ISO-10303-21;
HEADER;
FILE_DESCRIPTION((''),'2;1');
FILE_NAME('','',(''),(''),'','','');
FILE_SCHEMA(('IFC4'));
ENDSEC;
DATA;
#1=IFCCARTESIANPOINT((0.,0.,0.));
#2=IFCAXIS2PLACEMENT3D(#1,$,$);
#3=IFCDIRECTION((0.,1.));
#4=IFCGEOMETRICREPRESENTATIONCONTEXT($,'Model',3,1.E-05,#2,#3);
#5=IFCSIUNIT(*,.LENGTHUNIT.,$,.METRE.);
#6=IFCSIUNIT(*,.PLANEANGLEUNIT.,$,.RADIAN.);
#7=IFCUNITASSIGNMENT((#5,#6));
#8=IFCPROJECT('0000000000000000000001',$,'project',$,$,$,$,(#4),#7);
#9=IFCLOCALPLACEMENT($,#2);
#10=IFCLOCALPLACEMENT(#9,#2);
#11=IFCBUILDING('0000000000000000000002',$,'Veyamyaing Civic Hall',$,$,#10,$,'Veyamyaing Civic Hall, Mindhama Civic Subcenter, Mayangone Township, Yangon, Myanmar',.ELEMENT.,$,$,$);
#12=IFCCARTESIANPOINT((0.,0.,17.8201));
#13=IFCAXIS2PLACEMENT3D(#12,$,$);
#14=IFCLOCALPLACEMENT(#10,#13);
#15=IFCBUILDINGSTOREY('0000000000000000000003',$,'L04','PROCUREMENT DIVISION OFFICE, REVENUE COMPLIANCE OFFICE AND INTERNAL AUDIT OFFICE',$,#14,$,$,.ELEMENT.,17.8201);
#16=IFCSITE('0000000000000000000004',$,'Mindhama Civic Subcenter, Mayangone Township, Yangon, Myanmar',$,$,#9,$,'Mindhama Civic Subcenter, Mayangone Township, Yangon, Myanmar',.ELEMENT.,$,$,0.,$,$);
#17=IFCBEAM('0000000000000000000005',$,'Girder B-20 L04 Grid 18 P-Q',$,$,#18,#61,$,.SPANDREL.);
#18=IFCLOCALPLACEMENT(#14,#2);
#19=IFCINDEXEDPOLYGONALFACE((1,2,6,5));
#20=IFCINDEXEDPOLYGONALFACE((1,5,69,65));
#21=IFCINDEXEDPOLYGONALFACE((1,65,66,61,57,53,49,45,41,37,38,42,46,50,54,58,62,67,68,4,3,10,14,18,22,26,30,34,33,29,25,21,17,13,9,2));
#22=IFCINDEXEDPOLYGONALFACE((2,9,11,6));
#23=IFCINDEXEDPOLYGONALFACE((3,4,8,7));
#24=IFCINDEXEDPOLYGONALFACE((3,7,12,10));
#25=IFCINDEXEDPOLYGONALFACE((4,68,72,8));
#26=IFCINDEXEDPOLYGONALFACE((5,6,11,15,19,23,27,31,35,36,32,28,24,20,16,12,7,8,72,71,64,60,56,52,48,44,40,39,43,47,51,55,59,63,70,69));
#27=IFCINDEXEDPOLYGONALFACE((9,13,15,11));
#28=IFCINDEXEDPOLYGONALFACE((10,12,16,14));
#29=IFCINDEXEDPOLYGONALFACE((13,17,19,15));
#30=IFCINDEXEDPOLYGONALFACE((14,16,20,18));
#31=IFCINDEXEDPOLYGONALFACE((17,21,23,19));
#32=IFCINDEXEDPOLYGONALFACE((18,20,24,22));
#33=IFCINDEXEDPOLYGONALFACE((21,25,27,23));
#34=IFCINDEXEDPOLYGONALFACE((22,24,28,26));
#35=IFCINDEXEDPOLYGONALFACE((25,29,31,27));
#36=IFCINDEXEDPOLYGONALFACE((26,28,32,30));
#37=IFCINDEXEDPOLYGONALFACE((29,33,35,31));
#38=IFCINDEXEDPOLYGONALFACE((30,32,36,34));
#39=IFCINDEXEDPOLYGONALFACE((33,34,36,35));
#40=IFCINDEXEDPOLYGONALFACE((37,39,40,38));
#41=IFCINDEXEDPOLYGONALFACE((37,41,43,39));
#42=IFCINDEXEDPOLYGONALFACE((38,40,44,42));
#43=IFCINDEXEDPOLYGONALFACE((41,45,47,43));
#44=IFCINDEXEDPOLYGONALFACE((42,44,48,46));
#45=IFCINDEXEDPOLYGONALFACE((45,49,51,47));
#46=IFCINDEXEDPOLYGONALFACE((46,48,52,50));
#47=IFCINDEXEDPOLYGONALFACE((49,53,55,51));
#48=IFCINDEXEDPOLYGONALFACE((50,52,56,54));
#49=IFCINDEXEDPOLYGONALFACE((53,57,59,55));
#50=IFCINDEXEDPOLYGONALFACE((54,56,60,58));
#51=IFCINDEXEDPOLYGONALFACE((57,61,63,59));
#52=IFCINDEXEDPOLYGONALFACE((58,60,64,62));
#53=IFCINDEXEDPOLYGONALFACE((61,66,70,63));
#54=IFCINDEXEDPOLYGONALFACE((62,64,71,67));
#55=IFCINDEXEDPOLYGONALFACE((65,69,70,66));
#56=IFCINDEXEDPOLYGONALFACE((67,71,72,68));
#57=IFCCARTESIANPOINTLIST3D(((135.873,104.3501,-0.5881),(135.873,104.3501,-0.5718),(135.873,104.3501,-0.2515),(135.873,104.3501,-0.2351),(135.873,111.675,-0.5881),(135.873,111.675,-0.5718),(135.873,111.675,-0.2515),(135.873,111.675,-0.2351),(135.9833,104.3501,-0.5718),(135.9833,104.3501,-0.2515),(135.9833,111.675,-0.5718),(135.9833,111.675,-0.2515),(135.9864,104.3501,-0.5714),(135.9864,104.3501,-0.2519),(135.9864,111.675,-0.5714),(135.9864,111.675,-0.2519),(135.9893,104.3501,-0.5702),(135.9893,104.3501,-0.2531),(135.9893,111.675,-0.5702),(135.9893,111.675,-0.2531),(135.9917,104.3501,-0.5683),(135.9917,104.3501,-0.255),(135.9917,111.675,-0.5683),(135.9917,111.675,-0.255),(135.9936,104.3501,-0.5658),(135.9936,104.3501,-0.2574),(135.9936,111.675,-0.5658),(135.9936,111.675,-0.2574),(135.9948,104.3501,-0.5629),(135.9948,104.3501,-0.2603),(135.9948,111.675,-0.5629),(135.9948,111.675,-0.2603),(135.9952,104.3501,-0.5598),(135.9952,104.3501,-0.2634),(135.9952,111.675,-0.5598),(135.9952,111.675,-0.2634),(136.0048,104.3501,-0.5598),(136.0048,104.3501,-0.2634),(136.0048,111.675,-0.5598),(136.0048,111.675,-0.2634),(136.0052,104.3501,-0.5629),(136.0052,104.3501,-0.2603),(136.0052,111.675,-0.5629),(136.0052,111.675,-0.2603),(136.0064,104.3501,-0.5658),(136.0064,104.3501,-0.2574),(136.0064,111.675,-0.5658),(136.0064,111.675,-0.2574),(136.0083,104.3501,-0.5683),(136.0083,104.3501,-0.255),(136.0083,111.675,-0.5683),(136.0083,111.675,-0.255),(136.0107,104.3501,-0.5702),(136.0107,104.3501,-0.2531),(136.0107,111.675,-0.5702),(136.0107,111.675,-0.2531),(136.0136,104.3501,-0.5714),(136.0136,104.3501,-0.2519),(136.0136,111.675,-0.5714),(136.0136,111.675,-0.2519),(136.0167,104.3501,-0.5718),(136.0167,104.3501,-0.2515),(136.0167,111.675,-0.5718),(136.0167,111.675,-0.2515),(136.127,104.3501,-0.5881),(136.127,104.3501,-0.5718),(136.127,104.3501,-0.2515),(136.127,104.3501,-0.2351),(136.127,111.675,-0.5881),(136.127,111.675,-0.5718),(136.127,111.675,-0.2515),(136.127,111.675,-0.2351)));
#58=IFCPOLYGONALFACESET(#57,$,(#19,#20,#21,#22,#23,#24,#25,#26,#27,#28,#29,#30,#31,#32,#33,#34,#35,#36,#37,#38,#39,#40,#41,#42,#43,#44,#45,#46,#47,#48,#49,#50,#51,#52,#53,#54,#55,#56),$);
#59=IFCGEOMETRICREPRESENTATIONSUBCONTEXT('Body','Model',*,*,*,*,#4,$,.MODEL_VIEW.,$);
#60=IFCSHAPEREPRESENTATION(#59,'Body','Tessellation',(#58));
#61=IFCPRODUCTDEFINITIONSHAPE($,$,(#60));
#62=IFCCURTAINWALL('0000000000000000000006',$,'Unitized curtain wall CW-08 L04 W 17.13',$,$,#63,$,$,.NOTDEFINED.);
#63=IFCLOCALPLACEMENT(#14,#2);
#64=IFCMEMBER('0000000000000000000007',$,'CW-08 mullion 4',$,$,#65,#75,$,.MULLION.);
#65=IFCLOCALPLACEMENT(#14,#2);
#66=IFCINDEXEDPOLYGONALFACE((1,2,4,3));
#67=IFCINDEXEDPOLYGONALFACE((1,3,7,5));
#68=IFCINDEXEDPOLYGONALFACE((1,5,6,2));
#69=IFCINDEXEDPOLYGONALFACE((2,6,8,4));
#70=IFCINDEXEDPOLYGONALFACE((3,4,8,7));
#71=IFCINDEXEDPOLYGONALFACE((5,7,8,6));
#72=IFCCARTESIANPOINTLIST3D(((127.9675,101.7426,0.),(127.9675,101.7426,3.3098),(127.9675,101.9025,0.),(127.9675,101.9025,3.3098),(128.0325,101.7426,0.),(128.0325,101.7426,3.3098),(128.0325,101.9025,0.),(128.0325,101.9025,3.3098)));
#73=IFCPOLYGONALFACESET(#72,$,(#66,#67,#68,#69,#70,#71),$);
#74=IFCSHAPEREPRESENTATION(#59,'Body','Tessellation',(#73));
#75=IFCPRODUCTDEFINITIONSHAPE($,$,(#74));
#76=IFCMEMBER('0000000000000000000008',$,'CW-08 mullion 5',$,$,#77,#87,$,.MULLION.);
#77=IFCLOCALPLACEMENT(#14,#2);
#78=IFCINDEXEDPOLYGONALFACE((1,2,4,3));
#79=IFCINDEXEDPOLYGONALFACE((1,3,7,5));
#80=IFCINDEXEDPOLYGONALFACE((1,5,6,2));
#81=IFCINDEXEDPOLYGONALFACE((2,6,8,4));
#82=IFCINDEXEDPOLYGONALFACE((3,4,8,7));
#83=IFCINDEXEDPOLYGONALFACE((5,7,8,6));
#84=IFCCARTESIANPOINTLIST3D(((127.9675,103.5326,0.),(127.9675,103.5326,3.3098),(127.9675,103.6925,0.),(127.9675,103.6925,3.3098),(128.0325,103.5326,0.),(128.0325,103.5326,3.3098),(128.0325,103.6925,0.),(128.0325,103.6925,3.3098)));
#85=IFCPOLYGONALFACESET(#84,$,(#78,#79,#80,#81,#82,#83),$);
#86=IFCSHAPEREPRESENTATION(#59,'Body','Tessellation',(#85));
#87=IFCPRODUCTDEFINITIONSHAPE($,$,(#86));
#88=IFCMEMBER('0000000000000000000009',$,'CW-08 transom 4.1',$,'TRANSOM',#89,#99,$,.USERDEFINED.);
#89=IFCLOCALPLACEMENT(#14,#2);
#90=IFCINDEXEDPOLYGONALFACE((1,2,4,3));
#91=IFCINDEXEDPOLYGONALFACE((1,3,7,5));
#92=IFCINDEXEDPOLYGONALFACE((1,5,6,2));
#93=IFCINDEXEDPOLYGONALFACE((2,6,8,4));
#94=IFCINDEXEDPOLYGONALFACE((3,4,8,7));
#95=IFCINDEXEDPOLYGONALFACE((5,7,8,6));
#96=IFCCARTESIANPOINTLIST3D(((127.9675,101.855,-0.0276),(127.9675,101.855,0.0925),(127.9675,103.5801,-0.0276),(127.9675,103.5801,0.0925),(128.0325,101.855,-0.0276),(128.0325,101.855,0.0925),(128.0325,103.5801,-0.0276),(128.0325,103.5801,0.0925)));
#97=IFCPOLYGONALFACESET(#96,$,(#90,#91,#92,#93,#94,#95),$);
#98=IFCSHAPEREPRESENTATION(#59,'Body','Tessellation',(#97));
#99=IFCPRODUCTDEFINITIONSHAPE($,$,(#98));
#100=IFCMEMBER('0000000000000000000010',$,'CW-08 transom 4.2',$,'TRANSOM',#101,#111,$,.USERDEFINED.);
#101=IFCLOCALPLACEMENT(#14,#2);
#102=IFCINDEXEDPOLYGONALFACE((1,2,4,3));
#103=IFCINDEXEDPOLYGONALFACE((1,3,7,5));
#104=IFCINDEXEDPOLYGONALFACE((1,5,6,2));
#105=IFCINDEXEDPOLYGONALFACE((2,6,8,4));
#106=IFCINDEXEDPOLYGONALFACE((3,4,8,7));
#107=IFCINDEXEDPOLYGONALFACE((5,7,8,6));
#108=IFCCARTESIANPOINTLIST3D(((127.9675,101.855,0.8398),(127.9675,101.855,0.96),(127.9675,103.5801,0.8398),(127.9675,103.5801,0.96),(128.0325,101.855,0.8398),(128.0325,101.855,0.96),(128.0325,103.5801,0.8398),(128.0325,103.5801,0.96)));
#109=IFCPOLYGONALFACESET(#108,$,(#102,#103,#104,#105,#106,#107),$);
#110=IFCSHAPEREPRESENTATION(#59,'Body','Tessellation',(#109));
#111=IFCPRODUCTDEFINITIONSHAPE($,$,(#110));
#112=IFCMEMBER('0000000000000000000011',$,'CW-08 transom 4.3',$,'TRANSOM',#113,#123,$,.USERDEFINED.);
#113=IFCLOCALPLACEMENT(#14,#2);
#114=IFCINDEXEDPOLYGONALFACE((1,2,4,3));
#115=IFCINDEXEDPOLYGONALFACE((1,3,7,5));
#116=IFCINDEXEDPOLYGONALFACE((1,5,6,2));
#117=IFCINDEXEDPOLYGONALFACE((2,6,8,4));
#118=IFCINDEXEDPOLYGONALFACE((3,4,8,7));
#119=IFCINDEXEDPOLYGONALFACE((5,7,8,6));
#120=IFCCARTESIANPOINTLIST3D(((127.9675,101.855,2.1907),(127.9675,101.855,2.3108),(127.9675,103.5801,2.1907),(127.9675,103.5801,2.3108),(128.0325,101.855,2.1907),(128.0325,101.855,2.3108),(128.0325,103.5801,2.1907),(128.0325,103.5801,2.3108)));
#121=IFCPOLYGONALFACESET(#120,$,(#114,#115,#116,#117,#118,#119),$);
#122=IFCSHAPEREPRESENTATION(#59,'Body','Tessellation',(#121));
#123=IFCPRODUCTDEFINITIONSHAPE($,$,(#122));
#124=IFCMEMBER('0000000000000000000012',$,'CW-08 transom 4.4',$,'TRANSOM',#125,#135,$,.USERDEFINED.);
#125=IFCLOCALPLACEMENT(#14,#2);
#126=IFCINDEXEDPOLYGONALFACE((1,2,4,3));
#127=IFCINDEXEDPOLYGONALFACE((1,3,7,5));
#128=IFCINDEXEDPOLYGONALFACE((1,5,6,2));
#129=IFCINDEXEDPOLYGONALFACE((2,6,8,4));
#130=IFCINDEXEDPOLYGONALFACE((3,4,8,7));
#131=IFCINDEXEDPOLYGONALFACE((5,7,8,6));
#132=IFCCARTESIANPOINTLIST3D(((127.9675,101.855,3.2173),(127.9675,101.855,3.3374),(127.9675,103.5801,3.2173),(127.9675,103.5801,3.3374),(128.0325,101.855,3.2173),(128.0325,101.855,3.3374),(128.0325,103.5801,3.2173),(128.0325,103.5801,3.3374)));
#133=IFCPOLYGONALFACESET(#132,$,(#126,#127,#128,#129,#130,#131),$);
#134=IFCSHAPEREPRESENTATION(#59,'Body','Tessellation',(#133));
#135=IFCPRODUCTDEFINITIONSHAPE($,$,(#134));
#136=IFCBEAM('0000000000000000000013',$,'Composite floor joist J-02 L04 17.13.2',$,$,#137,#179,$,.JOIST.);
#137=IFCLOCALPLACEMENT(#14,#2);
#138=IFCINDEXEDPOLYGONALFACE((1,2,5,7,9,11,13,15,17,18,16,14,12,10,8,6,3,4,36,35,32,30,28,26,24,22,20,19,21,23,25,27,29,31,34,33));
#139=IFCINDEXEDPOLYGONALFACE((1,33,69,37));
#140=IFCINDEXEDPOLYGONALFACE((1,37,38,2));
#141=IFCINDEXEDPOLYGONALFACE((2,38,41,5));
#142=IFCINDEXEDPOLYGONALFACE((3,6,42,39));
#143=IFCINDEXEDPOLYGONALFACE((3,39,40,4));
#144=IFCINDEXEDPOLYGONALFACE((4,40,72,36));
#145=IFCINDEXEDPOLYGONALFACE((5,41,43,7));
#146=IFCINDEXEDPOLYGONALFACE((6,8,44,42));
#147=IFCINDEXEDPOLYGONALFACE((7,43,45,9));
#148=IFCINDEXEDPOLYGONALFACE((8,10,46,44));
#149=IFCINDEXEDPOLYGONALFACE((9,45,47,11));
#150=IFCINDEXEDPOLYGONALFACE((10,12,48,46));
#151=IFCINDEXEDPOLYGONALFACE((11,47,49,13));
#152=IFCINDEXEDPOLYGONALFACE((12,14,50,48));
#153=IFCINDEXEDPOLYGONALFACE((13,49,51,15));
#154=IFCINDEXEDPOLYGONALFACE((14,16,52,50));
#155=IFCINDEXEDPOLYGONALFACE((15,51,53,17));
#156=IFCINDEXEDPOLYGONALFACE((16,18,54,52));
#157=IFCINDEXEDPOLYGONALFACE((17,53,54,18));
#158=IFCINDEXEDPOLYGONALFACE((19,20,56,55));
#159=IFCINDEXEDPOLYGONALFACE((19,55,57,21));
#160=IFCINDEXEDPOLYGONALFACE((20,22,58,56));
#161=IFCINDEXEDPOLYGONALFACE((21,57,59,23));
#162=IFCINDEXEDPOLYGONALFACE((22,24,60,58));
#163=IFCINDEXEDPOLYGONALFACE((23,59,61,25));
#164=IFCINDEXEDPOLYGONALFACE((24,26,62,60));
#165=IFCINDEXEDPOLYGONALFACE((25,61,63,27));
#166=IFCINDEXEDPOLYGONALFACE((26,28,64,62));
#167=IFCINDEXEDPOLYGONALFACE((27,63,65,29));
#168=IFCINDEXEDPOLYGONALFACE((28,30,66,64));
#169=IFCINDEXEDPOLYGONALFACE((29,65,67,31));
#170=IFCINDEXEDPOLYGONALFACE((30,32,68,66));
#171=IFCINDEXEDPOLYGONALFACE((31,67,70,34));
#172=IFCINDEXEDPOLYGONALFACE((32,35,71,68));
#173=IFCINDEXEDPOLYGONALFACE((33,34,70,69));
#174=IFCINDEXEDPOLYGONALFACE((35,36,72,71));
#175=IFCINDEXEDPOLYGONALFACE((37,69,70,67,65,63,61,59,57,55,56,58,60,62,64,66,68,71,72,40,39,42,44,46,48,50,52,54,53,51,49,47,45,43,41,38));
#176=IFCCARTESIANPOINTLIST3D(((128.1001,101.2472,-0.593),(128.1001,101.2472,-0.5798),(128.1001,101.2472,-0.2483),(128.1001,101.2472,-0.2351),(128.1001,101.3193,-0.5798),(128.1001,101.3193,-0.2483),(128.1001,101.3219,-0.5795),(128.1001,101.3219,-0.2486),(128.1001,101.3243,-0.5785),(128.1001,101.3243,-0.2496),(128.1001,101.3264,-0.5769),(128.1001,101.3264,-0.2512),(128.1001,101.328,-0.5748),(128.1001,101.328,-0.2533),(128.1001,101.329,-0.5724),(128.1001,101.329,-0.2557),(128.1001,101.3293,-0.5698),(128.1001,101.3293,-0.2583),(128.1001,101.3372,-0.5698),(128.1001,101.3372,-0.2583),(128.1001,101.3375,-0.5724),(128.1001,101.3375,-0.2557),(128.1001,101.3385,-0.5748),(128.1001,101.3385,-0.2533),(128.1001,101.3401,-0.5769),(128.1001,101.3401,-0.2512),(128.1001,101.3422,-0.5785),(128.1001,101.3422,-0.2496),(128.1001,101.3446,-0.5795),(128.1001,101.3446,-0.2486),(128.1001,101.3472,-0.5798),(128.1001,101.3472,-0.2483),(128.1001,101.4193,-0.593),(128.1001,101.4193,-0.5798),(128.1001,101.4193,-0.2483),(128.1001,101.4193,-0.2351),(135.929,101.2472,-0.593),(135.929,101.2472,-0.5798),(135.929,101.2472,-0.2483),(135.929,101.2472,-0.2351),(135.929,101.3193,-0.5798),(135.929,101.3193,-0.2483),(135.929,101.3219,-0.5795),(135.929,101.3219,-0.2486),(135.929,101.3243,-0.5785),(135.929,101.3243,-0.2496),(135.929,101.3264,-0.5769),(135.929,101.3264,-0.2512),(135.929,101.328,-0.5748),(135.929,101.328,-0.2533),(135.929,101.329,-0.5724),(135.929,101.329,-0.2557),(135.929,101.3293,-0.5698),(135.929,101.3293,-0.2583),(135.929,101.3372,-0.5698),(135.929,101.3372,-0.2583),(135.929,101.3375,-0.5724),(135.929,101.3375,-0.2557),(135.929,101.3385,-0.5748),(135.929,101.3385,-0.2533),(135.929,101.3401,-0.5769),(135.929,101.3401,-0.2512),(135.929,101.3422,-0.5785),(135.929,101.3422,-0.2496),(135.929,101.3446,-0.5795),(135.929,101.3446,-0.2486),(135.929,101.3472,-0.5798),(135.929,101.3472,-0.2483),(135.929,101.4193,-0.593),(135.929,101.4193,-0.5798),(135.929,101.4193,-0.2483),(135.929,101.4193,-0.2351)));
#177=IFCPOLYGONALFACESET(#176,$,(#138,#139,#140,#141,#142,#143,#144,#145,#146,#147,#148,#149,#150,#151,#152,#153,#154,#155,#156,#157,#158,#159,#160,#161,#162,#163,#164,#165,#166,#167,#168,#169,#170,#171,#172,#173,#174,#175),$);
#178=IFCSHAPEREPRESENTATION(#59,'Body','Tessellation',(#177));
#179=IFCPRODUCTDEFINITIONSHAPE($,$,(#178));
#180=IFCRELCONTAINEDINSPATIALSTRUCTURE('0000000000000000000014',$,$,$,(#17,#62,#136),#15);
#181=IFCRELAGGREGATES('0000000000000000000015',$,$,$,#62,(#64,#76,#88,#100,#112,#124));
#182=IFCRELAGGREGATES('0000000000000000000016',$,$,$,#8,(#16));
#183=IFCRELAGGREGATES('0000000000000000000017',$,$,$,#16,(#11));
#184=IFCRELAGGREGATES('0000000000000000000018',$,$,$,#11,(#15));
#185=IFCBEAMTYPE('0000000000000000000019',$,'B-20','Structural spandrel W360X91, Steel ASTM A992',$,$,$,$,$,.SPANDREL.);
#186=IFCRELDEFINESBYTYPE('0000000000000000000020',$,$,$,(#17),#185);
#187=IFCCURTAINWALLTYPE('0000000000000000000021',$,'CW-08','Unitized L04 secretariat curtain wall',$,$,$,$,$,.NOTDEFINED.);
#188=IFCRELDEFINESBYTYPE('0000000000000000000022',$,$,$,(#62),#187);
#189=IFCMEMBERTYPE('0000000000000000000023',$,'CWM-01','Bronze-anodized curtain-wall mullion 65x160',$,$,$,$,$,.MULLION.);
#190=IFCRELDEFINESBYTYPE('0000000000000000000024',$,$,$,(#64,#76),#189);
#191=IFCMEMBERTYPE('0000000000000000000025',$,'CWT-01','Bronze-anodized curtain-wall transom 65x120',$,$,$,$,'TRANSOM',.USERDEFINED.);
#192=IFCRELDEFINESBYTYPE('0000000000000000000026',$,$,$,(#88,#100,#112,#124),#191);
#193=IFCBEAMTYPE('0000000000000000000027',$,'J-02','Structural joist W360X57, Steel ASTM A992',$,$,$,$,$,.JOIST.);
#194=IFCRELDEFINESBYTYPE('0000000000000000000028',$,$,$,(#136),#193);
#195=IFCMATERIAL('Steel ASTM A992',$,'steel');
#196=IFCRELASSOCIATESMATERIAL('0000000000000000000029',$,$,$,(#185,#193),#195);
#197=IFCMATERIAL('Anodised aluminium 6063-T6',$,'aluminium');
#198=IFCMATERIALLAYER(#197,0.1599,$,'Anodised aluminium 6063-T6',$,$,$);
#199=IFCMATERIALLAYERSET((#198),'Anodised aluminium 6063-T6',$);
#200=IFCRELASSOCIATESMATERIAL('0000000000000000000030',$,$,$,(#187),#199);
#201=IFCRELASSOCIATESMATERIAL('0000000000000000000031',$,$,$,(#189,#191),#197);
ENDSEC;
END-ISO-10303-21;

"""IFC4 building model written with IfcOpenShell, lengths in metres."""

from ifc_helpers import new_model, si_unit, direction, frame, origin, origin_2d, place, context, subcontext, project, spatial, rectangle, i_section, extrude, material, layer, layer_set, material_profile, profile_set, type_object, element, aggregate, save


model = new_model("IFC4")

# Units and contexts
model_context = context("Model", 3, precision=1e-05, world=origin(), true_north=direction((0.0, 1.0)))
body_context = subcontext(model_context, "Body", "Model", "MODEL_VIEW")
ifc_project = project(units=[si_unit("LENGTHUNIT", "METRE"), si_unit("PLANEANGLEUNIT", "RADIAN")], contexts=[model_context])

# Site, building, storey
site_placement = place(None, origin())
site = spatial("IfcSite", under=ifc_project, at=site_placement, Name="Mindhama Civic Subcenter, Mayangone Township, Yangon, Myanmar", LongName="Mindhama Civic Subcenter, Mayangone Township, Yangon, Myanmar", CompositionType="ELEMENT", RefElevation=0.0)
building_placement = place(site_placement, origin())
building = spatial("IfcBuilding", under=site, at=building_placement, Name="Veyamyaing Civic Hall", LongName="Veyamyaing Civic Hall, Mindhama Civic Subcenter, Mayangone Township, Yangon, Myanmar", CompositionType="ELEMENT")
storey_placement = place(building_placement, frame((0.0, 0.0, 17.8201)))
storey = spatial("IfcBuildingStorey", under=building, at=storey_placement, Name="L04", Description="PROCUREMENT DIVISION OFFICE, REVENUE COMPLIANCE OFFICE AND INTERNAL AUDIT OFFICE", CompositionType="ELEMENT", Elevation=17.8201)

# Beam
ifc_material_1 = material(Name="Steel ASTM A992", Category="steel")
ifc_material_profile_1 = material_profile(ifc_material_1, i_section(OverallWidth=0.2539, OverallDepth=0.353, WebThickness=0.0095, FlangeThickness=0.0164, FilletRadius=0.012, at=origin_2d()), Name="W360X91")
ifc_profile_set_1 = profile_set([ifc_material_profile_1], Name="Steel ASTM A992")
beam_type_1 = type_object("IfcBeamType", Name="B-20", Description="Structural spandrel W360X91, Steel ASTM A992", PredefinedType="SPANDREL", material=ifc_profile_set_1)
beam_1_placement = place(storey_placement, frame((136.0, 104.3501, -0.4116), z_axis=(0.0, 1.0, 0.0), x_axis=(-1.0, 0.0, 0.0)))
element("IfcBeam", 1, at=beam_1_placement, inside=storey, type_object=beam_type_1, Name="Girder B-20 L04 Grid 18 P-Q", PredefinedType="SPANDREL", context=body_context, shape_type="SweptSolid", body=[
    extrude(i_section(OverallWidth=0.2539, OverallDepth=0.353, WebThickness=0.0095, FlangeThickness=0.0164, FilletRadius=0.012, at=origin_2d()), origin(), (0.0, 0.0, 1.0), 7.325),
])

# Curtain wall, members
ifc_material_2 = material(Name="Anodised aluminium 6063-T6", Category="aluminium")
ifc_layer_1 = layer(ifc_material_2, 0.1599, Name="Anodised aluminium 6063-T6")
ifc_layer_set_1 = layer_set([ifc_layer_1], Name="Anodised aluminium 6063-T6")
curtain_wall_type = type_object("IfcCurtainWallType", Name="CW-08", Description="Unitized L04 secretariat curtain wall", PredefinedType="NOTDEFINED", material=ifc_layer_set_1)
curtain_wall_placement = place(storey_placement, origin())
curtain_wall = element("IfcCurtainWall", 2, at=curtain_wall_placement, inside=storey, type_object=curtain_wall_type, Name="Unitized curtain wall CW-08 L04 W 17.13", PredefinedType="NOTDEFINED")
ifc_material_profile_2 = material_profile(ifc_material_2, rectangle(XDim=0.0649, YDim=0.1599, at=origin_2d()), Name="ALU-MUL-65X160")
ifc_profile_set_2 = profile_set([ifc_material_profile_2], Name="Anodised aluminium 6063-T6")
member_type_1 = type_object("IfcMemberType", Name="CWM-01", Description="Bronze-anodized curtain-wall mullion 65x160", PredefinedType="MULLION", material=ifc_profile_set_2)
member_1_placement = place(storey_placement, frame((128.0, 101.8225, 0.0), z_axis=(0.0, 0.0, 1.0), x_axis=(-1.0, 0.0, 0.0)))
member_1 = element("IfcMember", 3, at=member_1_placement, type_object=member_type_1, Name="CW-08 mullion 4", PredefinedType="MULLION", context=body_context, shape_type="SweptSolid", body=[
    extrude(rectangle(XDim=0.0649, YDim=0.1599, at=origin_2d()), origin(), (0.0, 0.0, 1.0), 3.3098),
])
member_2_placement = place(storey_placement, frame((128.0, 103.6125, 0.0), z_axis=(0.0, 0.0, 1.0), x_axis=(-1.0, 0.0, 0.0)))
member_2 = element("IfcMember", 4, at=member_2_placement, type_object=member_type_1, Name="CW-08 mullion 5", PredefinedType="MULLION", context=body_context, shape_type="SweptSolid", body=[
    extrude(rectangle(XDim=0.0649, YDim=0.1599, at=origin_2d()), origin(), (0.0, 0.0, 1.0), 3.3098),
])
ifc_material_profile_3 = material_profile(ifc_material_2, rectangle(XDim=0.0649, YDim=0.1201, at=origin_2d()), Name="ALU-TRN-65X120")
ifc_profile_set_3 = profile_set([ifc_material_profile_3], Name="Anodised aluminium 6063-T6")
member_type_2 = type_object("IfcMemberType", Name="CWT-01", Description="Bronze-anodized curtain-wall transom 65x120", ElementType="TRANSOM", PredefinedType="USERDEFINED", material=ifc_profile_set_3)
member_3_placement = place(storey_placement, frame((128.0, 101.855, 0.0325), z_axis=(0.0, 1.0, 0.0), x_axis=(-1.0, 0.0, 0.0)))
member_3 = element("IfcMember", 5, at=member_3_placement, type_object=member_type_2, Name="CW-08 transom 4.1", ObjectType="TRANSOM", PredefinedType="USERDEFINED", context=body_context, shape_type="SweptSolid", body=[
    extrude(rectangle(XDim=0.0649, YDim=0.1201, at=origin_2d()), origin(), (0.0, 0.0, 1.0), 1.7251),
])
member_4_placement = place(storey_placement, frame((128.0, 101.855, 0.8999), z_axis=(0.0, 1.0, 0.0), x_axis=(-1.0, 0.0, 0.0)))
member_4 = element("IfcMember", 6, at=member_4_placement, type_object=member_type_2, Name="CW-08 transom 4.2", ObjectType="TRANSOM", PredefinedType="USERDEFINED", context=body_context, shape_type="SweptSolid", body=[
    extrude(rectangle(XDim=0.0649, YDim=0.1201, at=origin_2d()), origin(), (0.0, 0.0, 1.0), 1.7251),
])
member_5_placement = place(storey_placement, frame((128.0, 101.855, 2.2507), z_axis=(0.0, 1.0, 0.0), x_axis=(-1.0, 0.0, 0.0)))
member_5 = element("IfcMember", 7, at=member_5_placement, type_object=member_type_2, Name="CW-08 transom 4.3", ObjectType="TRANSOM", PredefinedType="USERDEFINED", context=body_context, shape_type="SweptSolid", body=[
    extrude(rectangle(XDim=0.0649, YDim=0.1201, at=origin_2d()), origin(), (0.0, 0.0, 1.0), 1.7251),
])
member_6_placement = place(storey_placement, frame((128.0, 101.855, 3.2773), z_axis=(0.0, 1.0, 0.0), x_axis=(-1.0, 0.0, 0.0)))
member_6 = element("IfcMember", 8, at=member_6_placement, type_object=member_type_2, Name="CW-08 transom 4.4", ObjectType="TRANSOM", PredefinedType="USERDEFINED", context=body_context, shape_type="SweptSolid", body=[
    extrude(rectangle(XDim=0.0649, YDim=0.1201, at=origin_2d()), origin(), (0.0, 0.0, 1.0), 1.7251),
])

# Beam
ifc_material_profile_4 = material_profile(ifc_material_1, i_section(OverallWidth=0.1721, OverallDepth=0.3579, WebThickness=0.0078, FlangeThickness=0.0132, FilletRadius=0.01, at=origin_2d()), Name="W360X57")
ifc_profile_set_4 = profile_set([ifc_material_profile_4], Name="Steel ASTM A992")
beam_type_2 = type_object("IfcBeamType", Name="J-02", Description="Structural joist W360X57, Steel ASTM A992", PredefinedType="JOIST", material=ifc_profile_set_4)
beam_2_placement = place(storey_placement, frame((128.1001, 101.3333, -0.4141), z_axis=(1.0, 0.0, 0.0), x_axis=(0.0, 1.0, 0.0)))
element("IfcBeam", 9, at=beam_2_placement, inside=storey, type_object=beam_type_2, Name="Composite floor joist J-02 L04 17.13.2", PredefinedType="JOIST", context=body_context, shape_type="SweptSolid", body=[
    extrude(i_section(OverallWidth=0.1721, OverallDepth=0.3579, WebThickness=0.0078, FlangeThickness=0.0132, FilletRadius=0.01, at=origin_2d()), origin(), (0.0, 0.0, 1.0), 7.8289),
])

aggregate(curtain_wall, [member_1, member_2, member_3, member_4, member_5, member_6])

save(model, "model.ifc")
